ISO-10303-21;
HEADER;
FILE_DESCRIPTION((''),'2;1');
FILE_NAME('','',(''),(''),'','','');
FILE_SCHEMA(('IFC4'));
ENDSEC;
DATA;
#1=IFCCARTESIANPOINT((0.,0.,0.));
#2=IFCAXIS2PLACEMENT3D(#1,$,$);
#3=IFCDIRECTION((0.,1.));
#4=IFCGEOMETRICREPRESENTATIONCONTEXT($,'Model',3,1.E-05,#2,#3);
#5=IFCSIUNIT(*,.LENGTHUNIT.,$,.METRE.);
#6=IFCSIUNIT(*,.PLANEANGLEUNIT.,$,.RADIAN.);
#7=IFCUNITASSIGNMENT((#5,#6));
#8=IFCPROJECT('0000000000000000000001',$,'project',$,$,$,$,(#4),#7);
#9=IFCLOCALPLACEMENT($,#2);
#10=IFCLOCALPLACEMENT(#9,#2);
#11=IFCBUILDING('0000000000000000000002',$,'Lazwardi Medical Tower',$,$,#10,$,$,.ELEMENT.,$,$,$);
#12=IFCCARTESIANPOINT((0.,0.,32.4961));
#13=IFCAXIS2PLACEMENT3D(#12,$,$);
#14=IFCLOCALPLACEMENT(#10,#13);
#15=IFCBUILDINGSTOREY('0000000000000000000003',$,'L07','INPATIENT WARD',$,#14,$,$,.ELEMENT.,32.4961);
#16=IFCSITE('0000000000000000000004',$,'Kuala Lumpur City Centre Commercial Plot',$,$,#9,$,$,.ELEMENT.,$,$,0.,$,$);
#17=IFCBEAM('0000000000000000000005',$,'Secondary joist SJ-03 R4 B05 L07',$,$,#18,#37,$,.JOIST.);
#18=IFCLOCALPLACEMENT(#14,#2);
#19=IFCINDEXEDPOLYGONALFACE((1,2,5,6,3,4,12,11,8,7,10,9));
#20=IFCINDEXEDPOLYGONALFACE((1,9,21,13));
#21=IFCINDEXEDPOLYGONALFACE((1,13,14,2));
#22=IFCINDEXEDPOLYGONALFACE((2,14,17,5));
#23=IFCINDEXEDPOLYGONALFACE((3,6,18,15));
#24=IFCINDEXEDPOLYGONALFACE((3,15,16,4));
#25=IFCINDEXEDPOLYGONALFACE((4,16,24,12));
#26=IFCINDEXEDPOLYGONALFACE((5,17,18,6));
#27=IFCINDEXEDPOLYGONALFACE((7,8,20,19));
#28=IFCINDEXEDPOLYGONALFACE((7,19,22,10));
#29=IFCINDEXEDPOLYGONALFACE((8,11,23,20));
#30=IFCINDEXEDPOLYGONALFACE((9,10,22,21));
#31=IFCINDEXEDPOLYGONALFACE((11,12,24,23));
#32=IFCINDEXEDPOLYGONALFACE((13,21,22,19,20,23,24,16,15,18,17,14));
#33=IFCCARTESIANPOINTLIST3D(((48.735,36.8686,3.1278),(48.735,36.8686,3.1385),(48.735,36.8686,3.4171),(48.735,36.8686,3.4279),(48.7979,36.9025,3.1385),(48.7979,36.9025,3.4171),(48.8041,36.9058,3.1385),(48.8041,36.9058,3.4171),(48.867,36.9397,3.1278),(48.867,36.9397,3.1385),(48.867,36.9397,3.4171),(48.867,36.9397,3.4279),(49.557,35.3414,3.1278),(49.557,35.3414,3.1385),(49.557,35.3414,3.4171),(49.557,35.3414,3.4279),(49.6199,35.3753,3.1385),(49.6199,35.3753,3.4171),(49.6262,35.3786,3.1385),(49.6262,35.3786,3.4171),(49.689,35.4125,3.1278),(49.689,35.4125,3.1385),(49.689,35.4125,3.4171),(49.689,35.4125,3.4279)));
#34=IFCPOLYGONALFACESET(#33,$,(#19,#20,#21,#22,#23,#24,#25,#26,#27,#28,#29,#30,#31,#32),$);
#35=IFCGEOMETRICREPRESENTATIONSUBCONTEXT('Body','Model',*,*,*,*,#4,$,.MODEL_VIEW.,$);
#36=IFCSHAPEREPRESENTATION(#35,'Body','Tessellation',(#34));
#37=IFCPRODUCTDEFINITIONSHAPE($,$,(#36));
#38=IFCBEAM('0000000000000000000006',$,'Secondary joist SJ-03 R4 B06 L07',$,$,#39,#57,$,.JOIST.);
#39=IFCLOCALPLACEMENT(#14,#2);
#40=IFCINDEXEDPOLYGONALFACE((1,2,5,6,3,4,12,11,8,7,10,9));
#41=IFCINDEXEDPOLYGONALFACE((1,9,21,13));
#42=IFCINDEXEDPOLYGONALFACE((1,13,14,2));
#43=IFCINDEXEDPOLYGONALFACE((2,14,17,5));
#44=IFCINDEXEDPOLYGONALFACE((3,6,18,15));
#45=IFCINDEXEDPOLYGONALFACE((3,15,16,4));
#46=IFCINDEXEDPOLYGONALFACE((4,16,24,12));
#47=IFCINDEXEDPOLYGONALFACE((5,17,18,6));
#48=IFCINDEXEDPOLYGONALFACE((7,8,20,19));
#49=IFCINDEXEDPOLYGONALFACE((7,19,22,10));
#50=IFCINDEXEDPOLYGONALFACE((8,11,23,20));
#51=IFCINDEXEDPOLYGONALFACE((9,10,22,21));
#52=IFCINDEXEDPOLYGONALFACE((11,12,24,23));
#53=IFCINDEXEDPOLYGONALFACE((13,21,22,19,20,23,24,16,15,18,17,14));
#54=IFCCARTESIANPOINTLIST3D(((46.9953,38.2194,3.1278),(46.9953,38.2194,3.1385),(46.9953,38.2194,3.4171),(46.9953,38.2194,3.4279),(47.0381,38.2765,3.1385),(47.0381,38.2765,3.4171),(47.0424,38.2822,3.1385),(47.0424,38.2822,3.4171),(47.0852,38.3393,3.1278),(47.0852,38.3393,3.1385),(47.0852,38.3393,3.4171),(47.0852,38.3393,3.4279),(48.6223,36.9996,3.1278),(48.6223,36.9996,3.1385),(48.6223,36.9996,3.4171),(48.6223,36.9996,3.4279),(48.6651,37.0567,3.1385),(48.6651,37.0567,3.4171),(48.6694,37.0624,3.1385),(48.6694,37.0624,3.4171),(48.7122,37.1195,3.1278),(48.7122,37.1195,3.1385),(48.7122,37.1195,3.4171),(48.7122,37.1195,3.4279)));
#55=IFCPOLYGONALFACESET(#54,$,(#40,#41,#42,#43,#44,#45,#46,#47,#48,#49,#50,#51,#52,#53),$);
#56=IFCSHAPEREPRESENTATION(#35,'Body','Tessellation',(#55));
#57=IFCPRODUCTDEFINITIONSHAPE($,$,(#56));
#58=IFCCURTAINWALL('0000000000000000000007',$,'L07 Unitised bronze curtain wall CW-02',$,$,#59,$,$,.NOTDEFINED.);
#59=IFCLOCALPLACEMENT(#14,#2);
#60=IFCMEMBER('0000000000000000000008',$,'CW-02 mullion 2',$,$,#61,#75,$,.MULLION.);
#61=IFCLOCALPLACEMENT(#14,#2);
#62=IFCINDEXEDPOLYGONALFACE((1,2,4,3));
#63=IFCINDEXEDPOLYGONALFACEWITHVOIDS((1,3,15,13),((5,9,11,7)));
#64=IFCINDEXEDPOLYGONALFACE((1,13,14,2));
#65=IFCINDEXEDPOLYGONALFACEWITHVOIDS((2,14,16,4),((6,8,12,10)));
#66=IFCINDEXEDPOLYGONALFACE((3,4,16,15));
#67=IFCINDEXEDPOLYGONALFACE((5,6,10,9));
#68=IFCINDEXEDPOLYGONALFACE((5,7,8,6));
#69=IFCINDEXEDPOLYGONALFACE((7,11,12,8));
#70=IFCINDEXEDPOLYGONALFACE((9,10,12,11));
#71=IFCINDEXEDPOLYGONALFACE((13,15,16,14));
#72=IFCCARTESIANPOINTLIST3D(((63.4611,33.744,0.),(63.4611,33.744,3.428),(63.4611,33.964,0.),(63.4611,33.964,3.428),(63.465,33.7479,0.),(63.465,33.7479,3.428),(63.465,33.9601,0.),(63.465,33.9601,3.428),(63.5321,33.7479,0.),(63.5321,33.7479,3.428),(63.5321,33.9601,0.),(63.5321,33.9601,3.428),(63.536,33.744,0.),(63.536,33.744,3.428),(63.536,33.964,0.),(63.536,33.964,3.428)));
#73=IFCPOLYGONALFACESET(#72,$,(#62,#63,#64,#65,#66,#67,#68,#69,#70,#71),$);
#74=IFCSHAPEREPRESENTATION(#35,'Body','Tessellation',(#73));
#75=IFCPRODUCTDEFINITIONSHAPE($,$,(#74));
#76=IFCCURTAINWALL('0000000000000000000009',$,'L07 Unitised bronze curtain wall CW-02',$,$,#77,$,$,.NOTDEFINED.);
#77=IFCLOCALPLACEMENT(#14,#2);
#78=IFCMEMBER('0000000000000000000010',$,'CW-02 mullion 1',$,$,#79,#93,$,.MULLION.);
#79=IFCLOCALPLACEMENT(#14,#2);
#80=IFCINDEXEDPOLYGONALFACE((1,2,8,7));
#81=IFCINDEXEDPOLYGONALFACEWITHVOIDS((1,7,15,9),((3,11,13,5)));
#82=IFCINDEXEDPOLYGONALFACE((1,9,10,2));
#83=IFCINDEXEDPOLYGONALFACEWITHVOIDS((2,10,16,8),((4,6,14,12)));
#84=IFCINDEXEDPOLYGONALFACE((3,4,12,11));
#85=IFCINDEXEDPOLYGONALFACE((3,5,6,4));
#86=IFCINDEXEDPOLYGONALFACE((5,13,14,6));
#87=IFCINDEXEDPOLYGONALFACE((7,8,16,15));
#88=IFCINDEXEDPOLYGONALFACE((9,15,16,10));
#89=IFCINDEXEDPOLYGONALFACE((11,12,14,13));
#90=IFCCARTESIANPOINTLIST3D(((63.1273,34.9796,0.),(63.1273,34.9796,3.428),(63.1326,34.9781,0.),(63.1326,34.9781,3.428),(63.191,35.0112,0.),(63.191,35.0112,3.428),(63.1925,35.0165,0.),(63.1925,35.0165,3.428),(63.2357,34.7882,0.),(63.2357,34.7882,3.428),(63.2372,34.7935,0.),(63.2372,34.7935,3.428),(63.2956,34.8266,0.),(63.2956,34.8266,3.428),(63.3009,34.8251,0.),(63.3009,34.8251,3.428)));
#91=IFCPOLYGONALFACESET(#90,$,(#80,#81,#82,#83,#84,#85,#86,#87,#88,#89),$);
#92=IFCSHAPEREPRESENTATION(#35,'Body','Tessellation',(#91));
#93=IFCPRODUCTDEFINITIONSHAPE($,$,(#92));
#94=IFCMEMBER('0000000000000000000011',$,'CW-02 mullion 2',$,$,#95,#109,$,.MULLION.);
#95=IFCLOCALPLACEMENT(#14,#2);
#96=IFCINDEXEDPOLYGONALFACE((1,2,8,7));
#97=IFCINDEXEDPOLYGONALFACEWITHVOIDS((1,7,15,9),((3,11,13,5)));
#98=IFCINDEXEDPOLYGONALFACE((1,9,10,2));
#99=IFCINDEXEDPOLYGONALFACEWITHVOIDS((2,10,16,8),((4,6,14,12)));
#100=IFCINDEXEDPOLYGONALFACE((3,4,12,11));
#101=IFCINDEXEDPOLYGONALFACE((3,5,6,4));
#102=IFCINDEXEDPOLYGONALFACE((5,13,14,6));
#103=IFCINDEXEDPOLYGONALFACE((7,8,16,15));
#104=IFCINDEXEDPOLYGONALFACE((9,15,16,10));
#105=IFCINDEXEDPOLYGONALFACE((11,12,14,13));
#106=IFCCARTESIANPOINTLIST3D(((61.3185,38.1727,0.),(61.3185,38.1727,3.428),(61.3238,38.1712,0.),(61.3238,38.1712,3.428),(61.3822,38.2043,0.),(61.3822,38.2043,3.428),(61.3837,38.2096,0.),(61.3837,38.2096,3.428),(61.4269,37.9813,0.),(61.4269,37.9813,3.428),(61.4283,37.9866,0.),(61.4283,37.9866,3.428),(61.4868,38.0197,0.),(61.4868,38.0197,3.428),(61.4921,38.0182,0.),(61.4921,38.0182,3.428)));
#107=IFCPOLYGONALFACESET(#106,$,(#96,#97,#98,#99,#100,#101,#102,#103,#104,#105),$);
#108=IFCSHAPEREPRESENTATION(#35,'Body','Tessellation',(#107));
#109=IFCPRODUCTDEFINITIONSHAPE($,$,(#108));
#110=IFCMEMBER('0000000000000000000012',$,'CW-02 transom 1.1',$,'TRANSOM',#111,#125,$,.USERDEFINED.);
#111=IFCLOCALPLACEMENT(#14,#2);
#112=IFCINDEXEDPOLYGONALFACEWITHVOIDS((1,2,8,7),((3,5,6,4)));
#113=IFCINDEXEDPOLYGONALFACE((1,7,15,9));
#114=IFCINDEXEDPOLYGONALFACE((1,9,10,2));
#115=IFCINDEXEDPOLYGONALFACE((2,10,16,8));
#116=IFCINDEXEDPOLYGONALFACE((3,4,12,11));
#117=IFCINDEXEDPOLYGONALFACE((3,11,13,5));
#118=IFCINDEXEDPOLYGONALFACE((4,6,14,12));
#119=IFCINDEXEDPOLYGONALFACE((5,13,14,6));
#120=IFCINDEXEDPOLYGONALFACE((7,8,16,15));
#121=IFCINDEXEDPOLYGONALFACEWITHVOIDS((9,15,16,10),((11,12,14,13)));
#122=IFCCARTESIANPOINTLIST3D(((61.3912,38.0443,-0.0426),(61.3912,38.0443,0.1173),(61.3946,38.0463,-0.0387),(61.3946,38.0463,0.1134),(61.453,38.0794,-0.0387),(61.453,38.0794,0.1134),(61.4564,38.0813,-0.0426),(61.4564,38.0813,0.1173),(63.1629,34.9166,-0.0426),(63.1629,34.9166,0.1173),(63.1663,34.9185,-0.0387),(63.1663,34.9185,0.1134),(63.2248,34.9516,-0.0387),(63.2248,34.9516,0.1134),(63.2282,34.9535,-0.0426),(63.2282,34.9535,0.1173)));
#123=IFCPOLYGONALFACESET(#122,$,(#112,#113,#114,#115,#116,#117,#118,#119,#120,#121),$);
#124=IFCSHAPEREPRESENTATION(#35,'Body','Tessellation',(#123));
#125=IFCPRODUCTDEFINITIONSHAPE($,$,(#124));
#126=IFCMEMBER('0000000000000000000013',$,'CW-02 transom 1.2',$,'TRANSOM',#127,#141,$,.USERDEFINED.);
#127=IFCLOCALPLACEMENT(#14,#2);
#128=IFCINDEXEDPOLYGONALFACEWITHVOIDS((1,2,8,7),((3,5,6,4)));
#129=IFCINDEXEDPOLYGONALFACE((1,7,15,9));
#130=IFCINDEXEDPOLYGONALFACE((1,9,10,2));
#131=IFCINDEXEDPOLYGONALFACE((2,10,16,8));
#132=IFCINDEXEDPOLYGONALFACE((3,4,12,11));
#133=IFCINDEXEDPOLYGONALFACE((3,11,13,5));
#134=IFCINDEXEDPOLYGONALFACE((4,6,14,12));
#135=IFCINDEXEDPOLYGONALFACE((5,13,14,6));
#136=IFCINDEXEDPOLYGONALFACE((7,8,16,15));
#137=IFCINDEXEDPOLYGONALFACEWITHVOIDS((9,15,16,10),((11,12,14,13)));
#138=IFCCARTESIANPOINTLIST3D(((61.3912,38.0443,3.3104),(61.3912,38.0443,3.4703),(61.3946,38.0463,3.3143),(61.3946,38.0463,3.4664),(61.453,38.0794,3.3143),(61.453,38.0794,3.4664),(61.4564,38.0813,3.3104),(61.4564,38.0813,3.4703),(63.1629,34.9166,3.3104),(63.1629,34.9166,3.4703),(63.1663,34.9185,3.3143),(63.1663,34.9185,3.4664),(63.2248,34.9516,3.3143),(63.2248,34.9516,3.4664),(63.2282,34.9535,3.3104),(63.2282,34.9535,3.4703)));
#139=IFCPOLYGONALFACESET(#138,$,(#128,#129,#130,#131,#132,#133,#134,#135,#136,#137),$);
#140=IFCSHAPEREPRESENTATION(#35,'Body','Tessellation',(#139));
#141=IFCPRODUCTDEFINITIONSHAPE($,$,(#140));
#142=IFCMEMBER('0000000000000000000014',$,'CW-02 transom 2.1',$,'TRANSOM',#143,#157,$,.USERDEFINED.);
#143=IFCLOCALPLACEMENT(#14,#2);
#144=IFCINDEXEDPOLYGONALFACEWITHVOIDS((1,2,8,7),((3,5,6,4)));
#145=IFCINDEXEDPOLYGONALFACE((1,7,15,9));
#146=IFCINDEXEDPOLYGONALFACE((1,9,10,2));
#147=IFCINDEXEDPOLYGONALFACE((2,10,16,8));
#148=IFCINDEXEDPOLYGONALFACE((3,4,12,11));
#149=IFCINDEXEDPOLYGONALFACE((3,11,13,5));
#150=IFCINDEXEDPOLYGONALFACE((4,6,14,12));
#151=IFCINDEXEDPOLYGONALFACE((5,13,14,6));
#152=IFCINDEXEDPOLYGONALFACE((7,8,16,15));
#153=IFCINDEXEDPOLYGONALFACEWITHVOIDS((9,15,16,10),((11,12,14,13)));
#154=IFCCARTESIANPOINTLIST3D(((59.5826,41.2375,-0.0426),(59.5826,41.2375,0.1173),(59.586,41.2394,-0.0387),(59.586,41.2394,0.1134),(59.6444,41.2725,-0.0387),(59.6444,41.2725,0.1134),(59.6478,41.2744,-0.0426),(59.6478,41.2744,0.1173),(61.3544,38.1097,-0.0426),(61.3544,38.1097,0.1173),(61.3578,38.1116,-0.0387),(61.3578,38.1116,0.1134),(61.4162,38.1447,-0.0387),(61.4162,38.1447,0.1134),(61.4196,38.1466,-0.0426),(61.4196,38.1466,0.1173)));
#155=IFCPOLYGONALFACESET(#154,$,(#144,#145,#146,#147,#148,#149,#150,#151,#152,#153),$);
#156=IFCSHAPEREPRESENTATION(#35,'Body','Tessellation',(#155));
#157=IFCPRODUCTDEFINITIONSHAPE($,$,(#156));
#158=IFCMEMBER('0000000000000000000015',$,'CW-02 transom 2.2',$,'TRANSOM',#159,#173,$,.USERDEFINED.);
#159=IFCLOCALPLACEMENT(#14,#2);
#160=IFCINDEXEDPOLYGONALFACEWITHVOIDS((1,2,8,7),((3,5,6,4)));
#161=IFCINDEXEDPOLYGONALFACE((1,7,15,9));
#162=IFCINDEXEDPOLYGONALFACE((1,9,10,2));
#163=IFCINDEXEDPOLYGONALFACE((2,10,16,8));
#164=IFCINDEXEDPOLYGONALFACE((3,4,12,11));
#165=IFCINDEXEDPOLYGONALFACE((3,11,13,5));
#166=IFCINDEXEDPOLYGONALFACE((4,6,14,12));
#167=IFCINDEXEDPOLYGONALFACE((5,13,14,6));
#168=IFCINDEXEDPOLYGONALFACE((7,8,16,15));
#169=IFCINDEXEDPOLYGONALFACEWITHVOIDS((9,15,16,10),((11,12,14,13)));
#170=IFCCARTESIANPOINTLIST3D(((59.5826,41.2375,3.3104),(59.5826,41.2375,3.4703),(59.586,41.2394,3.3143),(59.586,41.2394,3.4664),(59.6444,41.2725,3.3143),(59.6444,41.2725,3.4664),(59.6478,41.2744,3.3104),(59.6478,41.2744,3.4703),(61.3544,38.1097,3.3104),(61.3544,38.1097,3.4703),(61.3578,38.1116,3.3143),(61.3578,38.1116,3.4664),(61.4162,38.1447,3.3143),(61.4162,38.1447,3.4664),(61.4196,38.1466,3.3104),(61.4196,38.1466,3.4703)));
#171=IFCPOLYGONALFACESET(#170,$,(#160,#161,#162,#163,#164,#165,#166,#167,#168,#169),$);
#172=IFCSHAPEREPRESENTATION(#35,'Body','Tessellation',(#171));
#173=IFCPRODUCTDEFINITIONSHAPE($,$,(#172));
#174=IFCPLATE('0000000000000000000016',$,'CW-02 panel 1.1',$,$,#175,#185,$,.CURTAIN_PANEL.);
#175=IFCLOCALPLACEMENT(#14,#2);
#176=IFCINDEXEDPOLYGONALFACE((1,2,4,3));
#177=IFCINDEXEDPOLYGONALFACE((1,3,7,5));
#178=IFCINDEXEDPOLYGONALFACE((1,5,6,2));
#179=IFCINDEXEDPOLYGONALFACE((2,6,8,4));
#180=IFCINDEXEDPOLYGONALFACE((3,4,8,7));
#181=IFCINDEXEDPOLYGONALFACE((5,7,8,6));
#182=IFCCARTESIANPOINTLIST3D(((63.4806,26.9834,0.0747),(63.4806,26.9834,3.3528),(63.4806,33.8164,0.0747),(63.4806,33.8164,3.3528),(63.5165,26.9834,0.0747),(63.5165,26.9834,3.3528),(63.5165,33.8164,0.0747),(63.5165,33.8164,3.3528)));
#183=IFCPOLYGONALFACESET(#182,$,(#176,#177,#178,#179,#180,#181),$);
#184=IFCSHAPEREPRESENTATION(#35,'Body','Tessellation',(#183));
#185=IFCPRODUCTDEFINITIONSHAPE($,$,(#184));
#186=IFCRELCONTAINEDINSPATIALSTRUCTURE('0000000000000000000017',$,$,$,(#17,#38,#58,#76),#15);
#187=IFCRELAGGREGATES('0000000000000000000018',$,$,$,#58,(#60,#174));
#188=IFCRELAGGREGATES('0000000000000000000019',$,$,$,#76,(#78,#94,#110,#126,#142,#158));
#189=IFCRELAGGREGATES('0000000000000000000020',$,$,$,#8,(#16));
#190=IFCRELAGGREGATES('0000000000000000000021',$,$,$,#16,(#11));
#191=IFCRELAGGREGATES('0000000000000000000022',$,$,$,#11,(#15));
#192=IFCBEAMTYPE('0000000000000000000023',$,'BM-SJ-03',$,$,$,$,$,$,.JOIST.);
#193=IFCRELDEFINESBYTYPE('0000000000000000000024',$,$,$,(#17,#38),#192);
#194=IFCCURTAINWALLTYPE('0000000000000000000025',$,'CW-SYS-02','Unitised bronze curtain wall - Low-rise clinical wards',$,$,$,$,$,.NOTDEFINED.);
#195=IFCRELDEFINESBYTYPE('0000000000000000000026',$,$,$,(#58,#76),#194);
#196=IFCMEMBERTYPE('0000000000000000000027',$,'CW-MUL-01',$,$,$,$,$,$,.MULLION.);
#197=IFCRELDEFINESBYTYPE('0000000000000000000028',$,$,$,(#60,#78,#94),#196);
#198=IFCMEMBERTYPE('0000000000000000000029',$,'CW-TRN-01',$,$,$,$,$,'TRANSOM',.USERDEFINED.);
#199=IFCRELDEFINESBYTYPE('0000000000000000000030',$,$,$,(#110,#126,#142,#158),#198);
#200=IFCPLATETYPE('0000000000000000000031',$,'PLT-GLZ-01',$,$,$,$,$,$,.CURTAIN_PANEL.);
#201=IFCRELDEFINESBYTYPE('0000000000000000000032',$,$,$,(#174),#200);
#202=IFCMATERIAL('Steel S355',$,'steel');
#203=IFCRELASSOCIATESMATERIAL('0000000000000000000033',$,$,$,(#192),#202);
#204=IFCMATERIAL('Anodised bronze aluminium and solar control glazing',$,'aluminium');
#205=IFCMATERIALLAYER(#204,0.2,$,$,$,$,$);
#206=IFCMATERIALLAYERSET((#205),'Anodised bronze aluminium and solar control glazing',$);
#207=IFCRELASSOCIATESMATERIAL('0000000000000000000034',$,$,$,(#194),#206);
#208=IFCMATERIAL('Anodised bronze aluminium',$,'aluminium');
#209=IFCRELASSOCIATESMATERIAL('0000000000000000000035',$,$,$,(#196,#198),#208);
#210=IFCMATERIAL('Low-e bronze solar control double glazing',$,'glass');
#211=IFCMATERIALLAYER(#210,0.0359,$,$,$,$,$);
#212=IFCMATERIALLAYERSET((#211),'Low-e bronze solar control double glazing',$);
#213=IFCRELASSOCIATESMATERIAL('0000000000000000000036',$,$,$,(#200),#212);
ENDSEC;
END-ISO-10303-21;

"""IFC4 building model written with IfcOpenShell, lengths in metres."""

from ifc_helpers import new_model, si_unit, direction, frame, origin, origin_2d, place, context, subcontext, project, spatial, rectangle, hollow_rectangle, i_section, extrude, material, layer, layer_set, material_profile, profile_set, type_object, element, aggregate, save


model = new_model("IFC4")

# Units and contexts
model_context = context("Model", 3, precision=1e-05, world=origin(), true_north=direction((0.0, 1.0)))
body_context = subcontext(model_context, "Body", "Model", "MODEL_VIEW")
ifc_project = project(units=[si_unit("LENGTHUNIT", "METRE"), si_unit("PLANEANGLEUNIT", "RADIAN")], contexts=[model_context])

# Site, building, storey
site_placement = place(None, origin())
site = spatial("IfcSite", under=ifc_project, at=site_placement, Name="Kuala Lumpur City Centre Commercial Plot", CompositionType="ELEMENT", RefElevation=0.0)
building_placement = place(site_placement, origin())
building = spatial("IfcBuilding", under=site, at=building_placement, Name="Lazwardi Medical Tower", CompositionType="ELEMENT")
storey_placement = place(building_placement, frame((0.0, 0.0, 32.4961)))
storey = spatial("IfcBuildingStorey", under=building, at=storey_placement, Name="L07", Description="INPATIENT WARD", CompositionType="ELEMENT", Elevation=32.4961)

# Beams
ifc_material_1 = material(Name="Steel S355", Category="steel")
ifc_material_profile_1 = material_profile(ifc_material_1, i_section(OverallWidth=0.1499, OverallDepth=0.3, WebThickness=0.0071, FlangeThickness=0.0107, at=origin_2d()), Name="IPE 300")
ifc_profile_set_1 = profile_set([ifc_material_profile_1], Name="Steel S355")
beam_type_1 = type_object("IfcBeamType", Name="BM-SJ-03", PredefinedType="JOIST", material=ifc_profile_set_1)
beam_1_placement = place(storey_placement, frame((49.623, 35.377, 3.2778), z_axis=(-0.473982, 0.880534, 0.0), x_axis=(-0.880534, -0.473982, 0.0)))
element("IfcBeam", 1, at=beam_1_placement, inside=storey, type_object=beam_type_1, Name="Secondary joist SJ-03 R4 B05 L07", PredefinedType="JOIST", context=body_context, shape_type="SweptSolid", body=[
    extrude(i_section(OverallWidth=0.1499, OverallDepth=0.3, WebThickness=0.0071, FlangeThickness=0.0107, at=origin_2d()), origin(), (0.0, 0.0, 1.0), 1.7344),
])
beam_2_placement = place(storey_placement, frame((48.6672, 37.0596, 3.2778), z_axis=(-0.800115, 0.599846, 0.0), x_axis=(-0.599846, -0.800115, 0.0)))
element("IfcBeam", 2, at=beam_2_placement, inside=storey, type_object=beam_type_1, Name="Secondary joist SJ-03 R4 B06 L07", PredefinedType="JOIST", context=body_context, shape_type="SweptSolid", body=[
    extrude(i_section(OverallWidth=0.1499, OverallDepth=0.3, WebThickness=0.0071, FlangeThickness=0.0107, at=origin_2d()), origin(), (0.0, 0.0, 1.0), 2.0334),
])

# Curtain wall, member
ifc_material_2 = material(Name="Anodised bronze aluminium and solar control glazing", Category="aluminium")
ifc_layer_1 = layer(ifc_material_2, 0.2)
ifc_layer_set_1 = layer_set([ifc_layer_1], Name="Anodised bronze aluminium and solar control glazing")
curtain_wall_type = type_object("IfcCurtainWallType", Name="CW-SYS-02", Description="Unitised bronze curtain wall - Low-rise clinical wards", PredefinedType="NOTDEFINED", material=ifc_layer_set_1)
curtain_wall_1_placement = place(storey_placement, origin())
curtain_wall_1 = element("IfcCurtainWall", 3, at=curtain_wall_1_placement, inside=storey, type_object=curtain_wall_type, Name="L07 Unitised bronze curtain wall CW-02", PredefinedType="NOTDEFINED")
ifc_material_3 = material(Name="Anodised bronze aluminium", Category="aluminium")
ifc_material_profile_2 = material_profile(ifc_material_3, hollow_rectangle(XDim=0.075, YDim=0.22, WallThickness=0.0039, at=origin_2d()), Name="ALU-MULLION 220x75x4")
ifc_profile_set_2 = profile_set([ifc_material_profile_2], Name="Anodised bronze aluminium")
member_type_1 = type_object("IfcMemberType", Name="CW-MUL-01", PredefinedType="MULLION", material=ifc_profile_set_2)
member_1_placement = place(storey_placement, frame((63.4985, 33.854, 0.0), z_axis=(0.0, 0.0, 1.0), x_axis=(-1.0, 0.0, 0.0)))
member_1 = element("IfcMember", 4, at=member_1_placement, type_object=member_type_1, Name="CW-02 mullion 2", PredefinedType="MULLION", context=body_context, shape_type="SweptSolid", body=[
    extrude(hollow_rectangle(XDim=0.075, YDim=0.22, WallThickness=0.0039, at=origin_2d()), origin(), (0.0, 0.0, 1.0), 3.428),
])

# Curtain wall, members
curtain_wall_2_placement = place(storey_placement, origin())
curtain_wall_2 = element("IfcCurtainWall", 5, at=curtain_wall_2_placement, inside=storey, type_object=curtain_wall_type, Name="L07 Unitised bronze curtain wall CW-02", PredefinedType="NOTDEFINED")
member_2_placement = place(storey_placement, frame((63.2141, 34.9023, 0.0), z_axis=(0.0, 0.0, 1.0), x_axis=(-0.870112, -0.492854, 0.0)))
member_2 = element("IfcMember", 6, at=member_2_placement, type_object=member_type_1, Name="CW-02 mullion 1", PredefinedType="MULLION", context=body_context, shape_type="SweptSolid", body=[
    extrude(hollow_rectangle(XDim=0.075, YDim=0.22, WallThickness=0.0039, at=origin_2d()), origin(), (0.0, 0.0, 1.0), 3.428),
])
member_3_placement = place(storey_placement, frame((61.4053, 38.0955, 0.0), z_axis=(0.0, 0.0, 1.0), x_axis=(-0.870112, -0.492854, 0.0)))
member_3 = element("IfcMember", 7, at=member_3_placement, type_object=member_type_1, Name="CW-02 mullion 2", PredefinedType="MULLION", context=body_context, shape_type="SweptSolid", body=[
    extrude(hollow_rectangle(XDim=0.075, YDim=0.22, WallThickness=0.0039, at=origin_2d()), origin(), (0.0, 0.0, 1.0), 3.428),
])
ifc_material_profile_3 = material_profile(ifc_material_3, hollow_rectangle(XDim=0.075, YDim=0.1599, WallThickness=0.0039, at=origin_2d()), Name="ALU-TRANSOM 160x75x4")
ifc_profile_set_3 = profile_set([ifc_material_profile_3], Name="Anodised bronze aluminium")
member_type_2 = type_object("IfcMemberType", Name="CW-TRN-01", ElementType="TRANSOM", PredefinedType="USERDEFINED", material=ifc_profile_set_3)
member_4_placement = place(storey_placement, frame((63.1956, 34.9351, 0.0374), z_axis=(-0.492881, 0.870097, 0.0), x_axis=(-0.870097, -0.492881, 0.0)))
member_4 = element("IfcMember", 8, at=member_4_placement, type_object=member_type_2, Name="CW-02 transom 1.1", ObjectType="TRANSOM", PredefinedType="USERDEFINED", context=body_context, shape_type="SweptSolid", body=[
    extrude(hollow_rectangle(XDim=0.075, YDim=0.1599, WallThickness=0.0039, at=origin_2d()), origin(), (0.0, 0.0, 1.0), 3.5947),
])
member_5_placement = place(storey_placement, frame((63.1956, 34.9351, 3.3904), z_axis=(-0.492881, 0.870097, 0.0), x_axis=(-0.870097, -0.492881, 0.0)))
member_5 = element("IfcMember", 9, at=member_5_placement, type_object=member_type_2, Name="CW-02 transom 1.2", ObjectType="TRANSOM", PredefinedType="USERDEFINED", context=body_context, shape_type="SweptSolid", body=[
    extrude(hollow_rectangle(XDim=0.075, YDim=0.1599, WallThickness=0.0039, at=origin_2d()), origin(), (0.0, 0.0, 1.0), 3.5947),
])
member_6_placement = place(storey_placement, frame((61.387, 38.1282, 0.0374), z_axis=(-0.492881, 0.870097, 0.0), x_axis=(-0.870097, -0.492881, 0.0)))
member_6 = element("IfcMember", 10, at=member_6_placement, type_object=member_type_2, Name="CW-02 transom 2.1", ObjectType="TRANSOM", PredefinedType="USERDEFINED", context=body_context, shape_type="SweptSolid", body=[
    extrude(hollow_rectangle(XDim=0.075, YDim=0.1599, WallThickness=0.0039, at=origin_2d()), origin(), (0.0, 0.0, 1.0), 3.5947),
])
member_7_placement = place(storey_placement, frame((61.387, 38.1282, 3.3904), z_axis=(-0.492881, 0.870097, 0.0), x_axis=(-0.870097, -0.492881, 0.0)))
member_7 = element("IfcMember", 11, at=member_7_placement, type_object=member_type_2, Name="CW-02 transom 2.2", ObjectType="TRANSOM", PredefinedType="USERDEFINED", context=body_context, shape_type="SweptSolid", body=[
    extrude(hollow_rectangle(XDim=0.075, YDim=0.1599, WallThickness=0.0039, at=origin_2d()), origin(), (0.0, 0.0, 1.0), 3.5947),
])

# Plate
ifc_material_4 = material(Name="Low-e bronze solar control double glazing", Category="glass")
ifc_layer_2 = layer(ifc_material_4, 0.0359)
ifc_layer_set_2 = layer_set([ifc_layer_2], Name="Low-e bronze solar control double glazing")
plate_type = type_object("IfcPlateType", Name="PLT-GLZ-01", PredefinedType="CURTAIN_PANEL", material=ifc_layer_set_2)
plate_1_placement = place(storey_placement, frame((63.4985, 30.3999, 0.0747), z_axis=(0.0, 0.0, 1.0), x_axis=(0.0, 1.0, 0.0)))
plate_1 = element("IfcPlate", 12, at=plate_1_placement, type_object=plate_type, Name="CW-02 panel 1.1", PredefinedType="CURTAIN_PANEL", context=body_context, shape_type="SweptSolid", body=[
    extrude(rectangle(XDim=6.833, YDim=0.0359, at=origin_2d()), origin(), (0.0, 0.0, 1.0), 3.2781),
])
aggregate(curtain_wall_1, [member_1, plate_1])
aggregate(curtain_wall_2, [member_2, member_3, member_4, member_5, member_6, member_7])

save(model, "model.ifc")
